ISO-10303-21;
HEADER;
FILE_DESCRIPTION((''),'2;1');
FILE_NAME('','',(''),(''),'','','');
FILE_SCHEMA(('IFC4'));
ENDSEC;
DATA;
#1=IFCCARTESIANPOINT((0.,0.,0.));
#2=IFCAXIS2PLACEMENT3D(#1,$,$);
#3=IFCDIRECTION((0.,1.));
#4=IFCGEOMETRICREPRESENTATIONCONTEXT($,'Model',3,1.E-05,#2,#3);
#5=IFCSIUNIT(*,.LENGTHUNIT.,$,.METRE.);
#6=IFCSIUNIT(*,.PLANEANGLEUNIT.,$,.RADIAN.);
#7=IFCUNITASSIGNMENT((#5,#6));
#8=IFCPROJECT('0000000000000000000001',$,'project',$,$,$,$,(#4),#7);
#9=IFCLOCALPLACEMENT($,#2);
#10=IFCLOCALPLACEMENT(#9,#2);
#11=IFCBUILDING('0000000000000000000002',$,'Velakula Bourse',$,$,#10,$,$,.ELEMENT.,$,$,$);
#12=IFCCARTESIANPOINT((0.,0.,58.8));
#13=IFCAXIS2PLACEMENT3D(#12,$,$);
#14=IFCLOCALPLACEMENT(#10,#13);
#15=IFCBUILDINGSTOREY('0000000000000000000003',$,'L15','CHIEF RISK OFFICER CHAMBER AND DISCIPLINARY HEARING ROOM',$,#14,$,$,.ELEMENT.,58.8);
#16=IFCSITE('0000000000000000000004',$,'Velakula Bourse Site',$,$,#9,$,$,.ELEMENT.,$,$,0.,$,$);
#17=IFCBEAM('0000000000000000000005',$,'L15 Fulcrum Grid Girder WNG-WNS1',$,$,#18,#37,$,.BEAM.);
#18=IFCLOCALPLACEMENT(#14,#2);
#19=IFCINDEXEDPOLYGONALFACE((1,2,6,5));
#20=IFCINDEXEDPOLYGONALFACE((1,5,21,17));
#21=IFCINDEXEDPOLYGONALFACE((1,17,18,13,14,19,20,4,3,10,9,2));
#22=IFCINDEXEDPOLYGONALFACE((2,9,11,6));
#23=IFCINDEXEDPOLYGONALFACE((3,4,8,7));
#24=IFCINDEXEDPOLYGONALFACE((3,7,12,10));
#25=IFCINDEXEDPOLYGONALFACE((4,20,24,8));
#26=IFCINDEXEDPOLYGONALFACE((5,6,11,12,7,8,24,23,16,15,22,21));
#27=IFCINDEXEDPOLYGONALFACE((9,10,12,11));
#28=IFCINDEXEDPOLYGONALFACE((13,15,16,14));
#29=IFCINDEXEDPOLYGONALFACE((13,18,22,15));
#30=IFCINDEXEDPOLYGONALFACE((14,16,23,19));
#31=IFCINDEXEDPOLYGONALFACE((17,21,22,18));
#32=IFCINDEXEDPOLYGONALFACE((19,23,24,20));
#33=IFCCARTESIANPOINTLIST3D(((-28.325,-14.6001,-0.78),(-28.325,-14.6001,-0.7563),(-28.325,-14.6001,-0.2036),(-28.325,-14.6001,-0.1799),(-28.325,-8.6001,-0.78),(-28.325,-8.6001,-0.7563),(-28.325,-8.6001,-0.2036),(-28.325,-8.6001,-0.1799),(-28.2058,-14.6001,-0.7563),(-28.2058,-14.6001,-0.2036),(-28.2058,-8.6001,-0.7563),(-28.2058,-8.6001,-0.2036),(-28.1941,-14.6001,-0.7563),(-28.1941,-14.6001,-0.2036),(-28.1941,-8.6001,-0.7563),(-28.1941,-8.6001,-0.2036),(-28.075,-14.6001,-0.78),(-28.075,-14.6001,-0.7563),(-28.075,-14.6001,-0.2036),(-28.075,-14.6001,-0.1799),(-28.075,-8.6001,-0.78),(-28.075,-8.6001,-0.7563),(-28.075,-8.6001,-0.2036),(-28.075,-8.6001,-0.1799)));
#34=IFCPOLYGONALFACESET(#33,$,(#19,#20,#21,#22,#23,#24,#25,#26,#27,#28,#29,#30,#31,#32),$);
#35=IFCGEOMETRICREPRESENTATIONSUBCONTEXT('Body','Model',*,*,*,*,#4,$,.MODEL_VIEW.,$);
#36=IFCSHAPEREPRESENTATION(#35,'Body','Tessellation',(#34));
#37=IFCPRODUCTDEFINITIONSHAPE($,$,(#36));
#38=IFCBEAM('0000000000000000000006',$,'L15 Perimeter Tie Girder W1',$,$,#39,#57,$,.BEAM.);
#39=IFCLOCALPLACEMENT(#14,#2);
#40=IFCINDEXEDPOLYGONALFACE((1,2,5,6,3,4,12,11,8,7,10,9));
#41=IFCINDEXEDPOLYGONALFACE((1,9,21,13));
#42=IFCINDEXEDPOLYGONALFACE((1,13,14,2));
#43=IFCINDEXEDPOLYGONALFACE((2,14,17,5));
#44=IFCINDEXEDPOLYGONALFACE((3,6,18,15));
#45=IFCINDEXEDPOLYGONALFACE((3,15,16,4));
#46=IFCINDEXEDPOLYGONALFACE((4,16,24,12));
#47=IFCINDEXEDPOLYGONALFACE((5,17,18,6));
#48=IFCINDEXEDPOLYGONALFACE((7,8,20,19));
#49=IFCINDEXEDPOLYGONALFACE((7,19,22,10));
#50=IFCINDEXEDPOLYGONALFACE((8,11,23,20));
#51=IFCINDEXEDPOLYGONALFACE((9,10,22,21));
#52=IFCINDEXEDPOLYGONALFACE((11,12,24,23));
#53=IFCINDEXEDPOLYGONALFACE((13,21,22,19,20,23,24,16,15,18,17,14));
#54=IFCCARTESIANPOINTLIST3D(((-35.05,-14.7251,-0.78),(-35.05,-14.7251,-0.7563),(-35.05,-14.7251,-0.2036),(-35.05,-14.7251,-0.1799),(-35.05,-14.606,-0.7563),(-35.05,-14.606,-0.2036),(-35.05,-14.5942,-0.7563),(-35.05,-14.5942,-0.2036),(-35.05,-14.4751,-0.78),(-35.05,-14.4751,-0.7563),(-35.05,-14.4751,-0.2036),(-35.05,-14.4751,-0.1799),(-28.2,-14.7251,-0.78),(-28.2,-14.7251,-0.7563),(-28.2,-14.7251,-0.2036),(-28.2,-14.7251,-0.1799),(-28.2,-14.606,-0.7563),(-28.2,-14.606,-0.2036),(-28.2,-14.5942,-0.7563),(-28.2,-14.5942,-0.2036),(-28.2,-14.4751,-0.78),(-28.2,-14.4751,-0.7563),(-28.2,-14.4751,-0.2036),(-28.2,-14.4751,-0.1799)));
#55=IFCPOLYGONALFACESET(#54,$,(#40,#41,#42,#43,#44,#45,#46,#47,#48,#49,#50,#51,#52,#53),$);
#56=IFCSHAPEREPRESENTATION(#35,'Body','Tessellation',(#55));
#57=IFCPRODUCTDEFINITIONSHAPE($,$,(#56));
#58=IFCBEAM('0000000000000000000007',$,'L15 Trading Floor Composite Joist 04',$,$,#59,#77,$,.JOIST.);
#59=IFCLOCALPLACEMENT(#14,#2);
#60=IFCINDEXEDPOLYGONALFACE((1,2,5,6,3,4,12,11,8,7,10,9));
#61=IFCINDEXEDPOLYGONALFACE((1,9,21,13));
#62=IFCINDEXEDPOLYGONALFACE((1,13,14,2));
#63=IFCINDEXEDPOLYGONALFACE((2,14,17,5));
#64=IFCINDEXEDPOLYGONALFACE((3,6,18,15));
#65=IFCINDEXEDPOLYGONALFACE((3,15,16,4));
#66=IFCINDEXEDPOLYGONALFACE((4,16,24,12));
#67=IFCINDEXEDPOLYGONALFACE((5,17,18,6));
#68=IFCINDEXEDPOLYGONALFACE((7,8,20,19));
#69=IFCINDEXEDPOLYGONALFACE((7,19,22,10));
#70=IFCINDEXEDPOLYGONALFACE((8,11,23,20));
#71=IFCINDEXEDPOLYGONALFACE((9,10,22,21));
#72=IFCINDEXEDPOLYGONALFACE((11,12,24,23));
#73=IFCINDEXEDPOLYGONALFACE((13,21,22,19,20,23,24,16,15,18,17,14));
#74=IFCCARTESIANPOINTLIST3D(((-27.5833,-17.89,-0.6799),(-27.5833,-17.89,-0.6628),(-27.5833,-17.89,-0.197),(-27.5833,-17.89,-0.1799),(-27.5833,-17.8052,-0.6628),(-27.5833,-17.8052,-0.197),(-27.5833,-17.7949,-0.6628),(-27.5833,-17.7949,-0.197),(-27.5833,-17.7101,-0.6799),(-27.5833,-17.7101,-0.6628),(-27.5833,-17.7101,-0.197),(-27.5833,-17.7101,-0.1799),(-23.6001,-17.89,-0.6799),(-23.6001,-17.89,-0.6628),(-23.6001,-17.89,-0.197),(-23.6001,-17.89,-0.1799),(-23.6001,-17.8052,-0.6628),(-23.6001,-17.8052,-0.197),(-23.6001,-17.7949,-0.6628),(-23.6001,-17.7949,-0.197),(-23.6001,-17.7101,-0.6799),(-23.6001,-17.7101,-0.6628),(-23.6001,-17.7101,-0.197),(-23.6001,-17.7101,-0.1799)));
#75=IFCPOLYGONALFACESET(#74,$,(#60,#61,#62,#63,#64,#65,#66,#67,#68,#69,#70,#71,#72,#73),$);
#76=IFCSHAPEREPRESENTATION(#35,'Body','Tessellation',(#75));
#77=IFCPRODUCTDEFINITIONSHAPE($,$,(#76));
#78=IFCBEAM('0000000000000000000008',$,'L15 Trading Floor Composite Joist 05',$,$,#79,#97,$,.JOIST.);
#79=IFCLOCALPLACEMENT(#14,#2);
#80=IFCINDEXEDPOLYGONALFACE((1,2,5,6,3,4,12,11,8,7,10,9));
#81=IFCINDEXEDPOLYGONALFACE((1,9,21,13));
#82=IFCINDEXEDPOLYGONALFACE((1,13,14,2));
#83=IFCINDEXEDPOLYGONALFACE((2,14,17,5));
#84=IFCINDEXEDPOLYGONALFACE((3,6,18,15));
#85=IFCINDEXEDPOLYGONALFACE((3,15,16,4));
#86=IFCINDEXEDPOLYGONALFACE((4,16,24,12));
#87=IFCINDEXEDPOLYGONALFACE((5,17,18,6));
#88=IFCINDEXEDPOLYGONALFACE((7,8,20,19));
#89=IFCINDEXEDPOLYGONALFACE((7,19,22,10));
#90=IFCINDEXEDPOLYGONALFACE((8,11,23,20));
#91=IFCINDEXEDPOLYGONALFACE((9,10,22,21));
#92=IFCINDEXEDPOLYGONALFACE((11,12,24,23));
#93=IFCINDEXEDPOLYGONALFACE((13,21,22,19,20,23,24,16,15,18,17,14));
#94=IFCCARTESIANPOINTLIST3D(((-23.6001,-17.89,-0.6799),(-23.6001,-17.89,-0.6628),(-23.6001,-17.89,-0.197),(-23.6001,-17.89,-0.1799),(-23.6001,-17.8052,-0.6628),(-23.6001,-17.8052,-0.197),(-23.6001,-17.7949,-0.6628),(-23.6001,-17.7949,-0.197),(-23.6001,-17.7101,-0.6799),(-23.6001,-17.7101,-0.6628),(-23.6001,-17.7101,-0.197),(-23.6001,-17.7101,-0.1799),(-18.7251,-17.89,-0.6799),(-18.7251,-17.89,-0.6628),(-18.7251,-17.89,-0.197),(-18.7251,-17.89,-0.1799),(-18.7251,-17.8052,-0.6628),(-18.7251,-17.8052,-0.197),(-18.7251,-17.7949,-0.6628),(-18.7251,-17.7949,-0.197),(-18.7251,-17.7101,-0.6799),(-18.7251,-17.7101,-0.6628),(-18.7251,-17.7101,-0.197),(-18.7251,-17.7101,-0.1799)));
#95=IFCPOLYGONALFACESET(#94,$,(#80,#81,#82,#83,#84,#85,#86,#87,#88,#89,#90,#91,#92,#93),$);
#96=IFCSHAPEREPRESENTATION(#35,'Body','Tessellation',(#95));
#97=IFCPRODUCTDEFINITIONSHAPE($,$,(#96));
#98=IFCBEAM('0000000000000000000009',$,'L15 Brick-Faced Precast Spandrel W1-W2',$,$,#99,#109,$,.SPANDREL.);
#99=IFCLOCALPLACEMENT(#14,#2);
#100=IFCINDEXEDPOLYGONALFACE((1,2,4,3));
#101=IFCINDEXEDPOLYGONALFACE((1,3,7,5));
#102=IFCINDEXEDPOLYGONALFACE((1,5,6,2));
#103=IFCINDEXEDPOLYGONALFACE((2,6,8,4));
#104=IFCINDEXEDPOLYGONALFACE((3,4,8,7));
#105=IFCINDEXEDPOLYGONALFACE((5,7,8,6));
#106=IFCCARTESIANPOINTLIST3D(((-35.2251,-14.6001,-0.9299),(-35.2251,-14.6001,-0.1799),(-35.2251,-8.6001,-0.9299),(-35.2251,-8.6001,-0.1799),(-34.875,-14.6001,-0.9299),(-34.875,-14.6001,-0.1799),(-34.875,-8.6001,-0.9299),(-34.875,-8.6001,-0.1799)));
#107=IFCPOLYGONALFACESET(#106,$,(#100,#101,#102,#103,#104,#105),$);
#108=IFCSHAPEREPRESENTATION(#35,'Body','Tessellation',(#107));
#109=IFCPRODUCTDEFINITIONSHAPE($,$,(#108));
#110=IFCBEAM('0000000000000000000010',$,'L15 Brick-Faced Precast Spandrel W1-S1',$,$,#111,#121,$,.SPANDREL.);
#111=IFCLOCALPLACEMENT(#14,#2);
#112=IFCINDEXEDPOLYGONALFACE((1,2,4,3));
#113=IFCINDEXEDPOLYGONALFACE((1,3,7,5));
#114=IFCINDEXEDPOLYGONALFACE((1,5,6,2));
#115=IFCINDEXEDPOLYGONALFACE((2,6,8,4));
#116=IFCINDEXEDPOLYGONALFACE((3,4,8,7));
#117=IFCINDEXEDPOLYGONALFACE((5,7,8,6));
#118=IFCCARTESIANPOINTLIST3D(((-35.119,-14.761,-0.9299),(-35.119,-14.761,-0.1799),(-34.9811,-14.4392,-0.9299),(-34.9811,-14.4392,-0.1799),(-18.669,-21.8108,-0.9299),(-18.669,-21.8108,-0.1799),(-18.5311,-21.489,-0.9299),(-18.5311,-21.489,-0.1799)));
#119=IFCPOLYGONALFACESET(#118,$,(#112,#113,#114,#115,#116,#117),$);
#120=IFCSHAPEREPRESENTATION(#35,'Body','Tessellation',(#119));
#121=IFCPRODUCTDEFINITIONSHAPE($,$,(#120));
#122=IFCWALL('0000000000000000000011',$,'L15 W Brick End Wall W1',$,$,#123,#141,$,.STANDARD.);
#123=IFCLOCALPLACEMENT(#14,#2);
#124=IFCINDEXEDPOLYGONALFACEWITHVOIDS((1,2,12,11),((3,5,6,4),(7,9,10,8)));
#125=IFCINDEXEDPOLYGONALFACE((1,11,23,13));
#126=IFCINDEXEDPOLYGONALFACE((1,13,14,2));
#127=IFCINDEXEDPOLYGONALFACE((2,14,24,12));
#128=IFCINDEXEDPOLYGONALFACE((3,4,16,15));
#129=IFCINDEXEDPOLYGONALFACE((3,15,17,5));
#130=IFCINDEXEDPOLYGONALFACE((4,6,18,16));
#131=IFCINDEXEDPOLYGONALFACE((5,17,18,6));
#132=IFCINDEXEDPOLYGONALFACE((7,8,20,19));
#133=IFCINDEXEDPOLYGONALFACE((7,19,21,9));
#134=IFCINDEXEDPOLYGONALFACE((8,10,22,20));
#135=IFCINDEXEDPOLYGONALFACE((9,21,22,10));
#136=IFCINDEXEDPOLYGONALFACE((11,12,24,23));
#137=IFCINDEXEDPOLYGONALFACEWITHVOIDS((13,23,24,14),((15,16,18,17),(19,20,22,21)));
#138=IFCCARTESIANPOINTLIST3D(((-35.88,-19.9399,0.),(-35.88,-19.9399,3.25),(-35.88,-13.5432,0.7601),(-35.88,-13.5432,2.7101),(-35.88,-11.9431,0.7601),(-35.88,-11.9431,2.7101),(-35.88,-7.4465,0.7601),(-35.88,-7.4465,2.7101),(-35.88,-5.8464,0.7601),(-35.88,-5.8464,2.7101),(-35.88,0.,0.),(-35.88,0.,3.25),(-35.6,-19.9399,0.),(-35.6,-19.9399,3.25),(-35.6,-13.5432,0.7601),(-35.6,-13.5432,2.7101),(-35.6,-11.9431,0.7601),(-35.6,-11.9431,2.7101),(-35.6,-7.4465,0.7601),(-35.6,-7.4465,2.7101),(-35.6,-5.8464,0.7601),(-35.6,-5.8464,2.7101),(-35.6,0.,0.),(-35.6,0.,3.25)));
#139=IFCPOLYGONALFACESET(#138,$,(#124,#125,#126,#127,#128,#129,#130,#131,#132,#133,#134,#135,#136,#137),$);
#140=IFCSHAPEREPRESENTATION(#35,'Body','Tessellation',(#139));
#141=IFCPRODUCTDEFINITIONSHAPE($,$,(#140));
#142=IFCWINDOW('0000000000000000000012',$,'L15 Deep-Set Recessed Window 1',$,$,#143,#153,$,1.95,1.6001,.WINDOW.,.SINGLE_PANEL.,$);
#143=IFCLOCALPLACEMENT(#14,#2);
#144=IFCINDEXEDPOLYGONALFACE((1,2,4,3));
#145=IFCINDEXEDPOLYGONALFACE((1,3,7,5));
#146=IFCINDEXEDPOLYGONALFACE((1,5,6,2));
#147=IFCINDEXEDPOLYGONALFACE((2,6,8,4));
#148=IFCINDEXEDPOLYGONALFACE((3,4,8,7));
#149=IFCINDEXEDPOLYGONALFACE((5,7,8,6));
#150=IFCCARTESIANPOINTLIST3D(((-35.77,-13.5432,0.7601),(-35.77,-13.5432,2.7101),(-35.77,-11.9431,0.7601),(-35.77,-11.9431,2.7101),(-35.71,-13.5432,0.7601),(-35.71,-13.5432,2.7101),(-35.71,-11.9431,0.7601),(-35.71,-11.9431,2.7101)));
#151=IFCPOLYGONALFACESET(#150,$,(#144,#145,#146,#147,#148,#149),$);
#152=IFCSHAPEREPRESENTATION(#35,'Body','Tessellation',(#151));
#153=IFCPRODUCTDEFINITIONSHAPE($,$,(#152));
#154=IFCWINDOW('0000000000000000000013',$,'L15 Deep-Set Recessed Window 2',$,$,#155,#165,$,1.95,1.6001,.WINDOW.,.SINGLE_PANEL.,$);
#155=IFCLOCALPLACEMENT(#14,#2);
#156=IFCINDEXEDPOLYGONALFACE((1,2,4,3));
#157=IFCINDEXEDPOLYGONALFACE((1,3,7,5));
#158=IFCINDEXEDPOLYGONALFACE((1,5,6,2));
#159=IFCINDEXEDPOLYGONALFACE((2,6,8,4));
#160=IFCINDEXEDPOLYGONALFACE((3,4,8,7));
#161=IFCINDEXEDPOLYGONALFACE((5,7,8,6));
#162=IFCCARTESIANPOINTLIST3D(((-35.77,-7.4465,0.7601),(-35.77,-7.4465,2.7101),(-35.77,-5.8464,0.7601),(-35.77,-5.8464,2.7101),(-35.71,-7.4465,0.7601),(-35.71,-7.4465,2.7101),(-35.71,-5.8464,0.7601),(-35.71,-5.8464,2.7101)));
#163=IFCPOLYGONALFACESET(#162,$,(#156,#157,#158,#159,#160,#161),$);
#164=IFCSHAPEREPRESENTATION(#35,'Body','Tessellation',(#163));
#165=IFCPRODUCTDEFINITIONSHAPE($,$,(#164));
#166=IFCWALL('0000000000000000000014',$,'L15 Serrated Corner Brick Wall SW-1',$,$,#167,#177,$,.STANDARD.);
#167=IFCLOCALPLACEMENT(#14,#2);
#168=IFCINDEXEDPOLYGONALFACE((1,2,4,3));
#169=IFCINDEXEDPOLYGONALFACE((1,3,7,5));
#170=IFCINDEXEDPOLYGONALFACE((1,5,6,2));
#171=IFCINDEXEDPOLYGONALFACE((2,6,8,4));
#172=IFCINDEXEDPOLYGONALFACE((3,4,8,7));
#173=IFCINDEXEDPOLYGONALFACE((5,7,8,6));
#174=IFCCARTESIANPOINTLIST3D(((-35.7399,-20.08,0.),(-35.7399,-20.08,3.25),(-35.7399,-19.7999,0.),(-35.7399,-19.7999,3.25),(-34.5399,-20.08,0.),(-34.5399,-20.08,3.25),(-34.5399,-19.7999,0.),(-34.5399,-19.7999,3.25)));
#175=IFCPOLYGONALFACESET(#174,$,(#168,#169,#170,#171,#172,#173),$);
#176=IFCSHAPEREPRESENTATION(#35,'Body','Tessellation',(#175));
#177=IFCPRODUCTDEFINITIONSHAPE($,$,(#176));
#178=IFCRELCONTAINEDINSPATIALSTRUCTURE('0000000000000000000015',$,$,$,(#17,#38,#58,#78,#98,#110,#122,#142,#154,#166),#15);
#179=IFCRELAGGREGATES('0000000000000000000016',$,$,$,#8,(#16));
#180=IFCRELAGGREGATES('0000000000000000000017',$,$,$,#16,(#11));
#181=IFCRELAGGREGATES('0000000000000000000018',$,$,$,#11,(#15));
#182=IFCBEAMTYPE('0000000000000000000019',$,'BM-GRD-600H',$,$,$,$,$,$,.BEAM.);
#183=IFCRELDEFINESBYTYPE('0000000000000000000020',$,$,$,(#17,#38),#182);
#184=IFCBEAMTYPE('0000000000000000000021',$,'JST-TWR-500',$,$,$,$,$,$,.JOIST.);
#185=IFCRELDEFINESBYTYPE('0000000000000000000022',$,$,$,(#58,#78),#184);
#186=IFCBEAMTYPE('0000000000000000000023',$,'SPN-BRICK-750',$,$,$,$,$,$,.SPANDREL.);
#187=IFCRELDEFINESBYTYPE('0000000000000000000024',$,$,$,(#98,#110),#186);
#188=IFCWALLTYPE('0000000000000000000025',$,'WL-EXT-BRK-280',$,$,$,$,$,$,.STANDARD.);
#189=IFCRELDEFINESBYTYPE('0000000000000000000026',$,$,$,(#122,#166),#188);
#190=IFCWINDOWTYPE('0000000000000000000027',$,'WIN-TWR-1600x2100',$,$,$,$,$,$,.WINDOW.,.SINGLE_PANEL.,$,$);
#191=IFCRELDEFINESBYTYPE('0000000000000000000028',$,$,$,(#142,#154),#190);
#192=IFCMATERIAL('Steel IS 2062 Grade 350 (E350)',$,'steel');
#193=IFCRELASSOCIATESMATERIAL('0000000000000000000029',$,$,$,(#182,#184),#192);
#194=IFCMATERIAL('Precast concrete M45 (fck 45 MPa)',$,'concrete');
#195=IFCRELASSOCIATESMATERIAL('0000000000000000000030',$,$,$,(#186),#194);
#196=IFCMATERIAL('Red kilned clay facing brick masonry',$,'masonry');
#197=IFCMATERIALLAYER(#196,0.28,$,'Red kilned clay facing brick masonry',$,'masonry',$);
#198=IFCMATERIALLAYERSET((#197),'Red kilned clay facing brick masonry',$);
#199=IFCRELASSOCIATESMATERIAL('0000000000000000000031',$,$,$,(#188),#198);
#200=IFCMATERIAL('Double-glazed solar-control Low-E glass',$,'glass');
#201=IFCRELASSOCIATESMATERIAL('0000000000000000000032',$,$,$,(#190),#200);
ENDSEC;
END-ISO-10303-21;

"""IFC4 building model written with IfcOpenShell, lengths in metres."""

from ifc_helpers import new_model, si_unit, direction, frame, frame_2d, origin, origin_2d, place, context, subcontext, project, spatial, rectangle, i_section, extrude, material, layer, layer_set, material_profile, profile_set, type_object, element, fill, save


model = new_model("IFC4")

# Units and contexts
model_context = context("Model", 3, precision=1e-05, world=origin(), true_north=direction((0.0, 1.0)))
body_context = subcontext(model_context, "Body", "Model", "MODEL_VIEW")
ifc_project = project(units=[si_unit("LENGTHUNIT", "METRE"), si_unit("PLANEANGLEUNIT", "RADIAN")], contexts=[model_context])

# Site, building, storey
site_placement = place(None, origin())
site = spatial("IfcSite", under=ifc_project, at=site_placement, Name="Velakula Bourse Site", CompositionType="ELEMENT", RefElevation=0.0)
building_placement = place(site_placement, origin())
building = spatial("IfcBuilding", under=site, at=building_placement, Name="Velakula Bourse", CompositionType="ELEMENT")
storey_placement = place(building_placement, frame((0.0, 0.0, 58.8)))
storey = spatial("IfcBuildingStorey", under=building, at=storey_placement, Name="L15", Description="CHIEF RISK OFFICER CHAMBER AND DISCIPLINARY HEARING ROOM", CompositionType="ELEMENT", Elevation=58.8)

# Shared definitions
ifc_material_1 = material(Name="Precast concrete M45 (fck 45 MPa)", Category="concrete")

# Beams
ifc_material_2 = material(Name="Steel IS 2062 Grade 350 (E350)", Category="steel")
ifc_material_profile_1 = material_profile(ifc_material_2, i_section(OverallWidth=0.25, OverallDepth=0.6001, WebThickness=0.0117, FlangeThickness=0.0237, at=origin_2d()), Name="Steel IS 2062 Grade 350 (E350)")
ifc_profile_set_1 = profile_set([ifc_material_profile_1], Name="Steel IS 2062 Grade 350 (E350)")
beam_type_1 = type_object("IfcBeamType", Name="BM-GRD-600H", PredefinedType="BEAM", material=ifc_profile_set_1)
beam_1_placement = place(storey_placement, frame((-28.2, -14.6001, -0.48), z_axis=(0.0, 1.0, 0.0), x_axis=(-1.0, 0.0, 0.0)))
element("IfcBeam", 1, at=beam_1_placement, inside=storey, type_object=beam_type_1, Name="L15 Fulcrum Grid Girder WNG-WNS1", PredefinedType="BEAM", context=body_context, shape_type="SweptSolid", body=[
    extrude(i_section(OverallWidth=0.25, OverallDepth=0.6001, WebThickness=0.0117, FlangeThickness=0.0237, at=origin_2d()), origin(), (0.0, 0.0, 1.0), 6.0),
])
beam_2_placement = place(storey_placement, frame((-28.2, -14.6001, -0.48), z_axis=(-1.0, 0.0, 0.0), x_axis=(0.0, -1.0, 0.0)))
element("IfcBeam", 2, at=beam_2_placement, inside=storey, type_object=beam_type_1, Name="L15 Perimeter Tie Girder W1", PredefinedType="BEAM", context=body_context, shape_type="SweptSolid", body=[
    extrude(i_section(OverallWidth=0.25, OverallDepth=0.6001, WebThickness=0.0117, FlangeThickness=0.0237, at=origin_2d()), origin(), (0.0, 0.0, 1.0), 6.8501),
])
ifc_material_profile_2 = material_profile(ifc_material_2, i_section(OverallWidth=0.1799, OverallDepth=0.5, WebThickness=0.0103, FlangeThickness=0.0171, at=origin_2d()), Name="Steel IS 2062 Grade 350 (E350)")
ifc_profile_set_2 = profile_set([ifc_material_profile_2], Name="Steel IS 2062 Grade 350 (E350)")
beam_type_2 = type_object("IfcBeamType", Name="JST-TWR-500", PredefinedType="JOIST", material=ifc_profile_set_2)
beam_3_placement = place(storey_placement, frame((-27.5833, -17.8, -0.4299), z_axis=(1.0, 0.0, 0.0), x_axis=(0.0, 1.0, 0.0)))
element("IfcBeam", 3, at=beam_3_placement, inside=storey, type_object=beam_type_2, Name="L15 Trading Floor Composite Joist 04", PredefinedType="JOIST", context=body_context, shape_type="SweptSolid", body=[
    extrude(i_section(OverallWidth=0.1799, OverallDepth=0.5, WebThickness=0.0103, FlangeThickness=0.0171, at=origin_2d()), origin(), (0.0, 0.0, 1.0), 3.9832),
])
beam_4_placement = place(storey_placement, frame((-23.6001, -17.8, -0.4299), z_axis=(1.0, 0.0, 0.0), x_axis=(0.0, 1.0, 0.0)))
element("IfcBeam", 4, at=beam_4_placement, inside=storey, type_object=beam_type_2, Name="L15 Trading Floor Composite Joist 05", PredefinedType="JOIST", context=body_context, shape_type="SweptSolid", body=[
    extrude(i_section(OverallWidth=0.1799, OverallDepth=0.5, WebThickness=0.0103, FlangeThickness=0.0171, at=origin_2d()), origin(), (0.0, 0.0, 1.0), 4.875),
])
ifc_material_profile_3 = material_profile(ifc_material_1, rectangle(XDim=0.3501, YDim=0.75, at=origin_2d()), Name="Precast concrete M45 (fck 45 MPa)")
ifc_profile_set_3 = profile_set([ifc_material_profile_3], Name="Precast concrete M45 (fck 45 MPa)")
beam_type_3 = type_object("IfcBeamType", Name="SPN-BRICK-750", PredefinedType="SPANDREL", material=ifc_profile_set_3)
beam_5_placement = place(storey_placement, frame((-35.05, -14.6001, -0.5549), z_axis=(0.0, 1.0, 0.0), x_axis=(-1.0, 0.0, 0.0)))
element("IfcBeam", 5, at=beam_5_placement, inside=storey, type_object=beam_type_3, Name="L15 Brick-Faced Precast Spandrel W1-W2", PredefinedType="SPANDREL", context=body_context, shape_type="SweptSolid", body=[
    extrude(rectangle(XDim=0.3501, YDim=0.75, at=origin_2d()), origin(), (0.0, 0.0, 1.0), 6.0),
])
beam_6_placement = place(storey_placement, frame((-35.05, -14.6001, -0.5549), z_axis=(0.919149, -0.393911, 0.0), x_axis=(0.393911, 0.919149, 0.0)))
element("IfcBeam", 6, at=beam_6_placement, inside=storey, type_object=beam_type_3, Name="L15 Brick-Faced Precast Spandrel W1-S1", PredefinedType="SPANDREL", context=body_context, shape_type="SweptSolid", body=[
    extrude(rectangle(XDim=0.3501, YDim=0.75, at=origin_2d()), origin(), (0.0, 0.0, 1.0), 17.897),
])

# Wall, openings, windows
ifc_material_3 = material(Name="Red kilned clay facing brick masonry", Category="masonry")
ifc_layer_1 = layer(ifc_material_3, 0.28, Name="Red kilned clay facing brick masonry", Category="masonry")
ifc_layer_set_1 = layer_set([ifc_layer_1], Name="Red kilned clay facing brick masonry")
wall_type_1 = type_object("IfcWallType", Name="WL-EXT-BRK-280", PredefinedType="STANDARD", material=ifc_layer_set_1)
wall_1_placement = place(storey_placement, frame((-35.74, -19.9399, 0.0), z_axis=(0.0, 0.0, 1.0), x_axis=(0.0, 1.0, 0.0)))
wall_1 = element("IfcWall", 7, at=wall_1_placement, inside=storey, type_object=wall_type_1, Name="L15 W Brick End Wall W1", PredefinedType="STANDARD", context=body_context, shape_type="SweptSolid", body=[
    extrude(rectangle(XDim=19.9399, YDim=0.28, at=frame_2d((9.97, 0.0))), origin(), (0.0, 0.0, 1.0), 3.25),
])
opening_1_placement = place(wall_1_placement, frame((6.3967, 0.0, 0.76)))
opening_1 = element("IfcOpeningElement", 8, at=opening_1_placement, cuts=wall_1, PredefinedType="OPENING", context=body_context, shape_type="SweptSolid", body=[
    extrude(rectangle(XDim=1.6001, YDim=1.95, at=frame_2d((0.8, 0.9751))), frame((0.0, 0.1499, 0.0), z_axis=(0.0, -1.0, 0.0), x_axis=(1.0, 0.0, 0.0)), (0.0, 0.0, 1.0), 0.3),
])
opening_2_placement = place(wall_1_placement, frame((12.4934, 0.0, 0.76)))
opening_2 = element("IfcOpeningElement", 9, at=opening_2_placement, cuts=wall_1, PredefinedType="OPENING", context=body_context, shape_type="SweptSolid", body=[
    extrude(rectangle(XDim=1.6001, YDim=1.95, at=frame_2d((0.8, 0.9751))), frame((0.0, 0.1499, 0.0), z_axis=(0.0, -1.0, 0.0), x_axis=(1.0, 0.0, 0.0)), (0.0, 0.0, 1.0), 0.3),
])
ifc_material_4 = material(Name="Double-glazed solar-control Low-E glass", Category="glass")
window_type = type_object("IfcWindowType", Name="WIN-TWR-1600x2100", PartitioningType="SINGLE_PANEL", PredefinedType="WINDOW", material=ifc_material_4)
window_1_placement = place(opening_1_placement, origin())
window_1 = element("IfcWindow", 10, at=window_1_placement, inside=storey, type_object=window_type, Name="L15 Deep-Set Recessed Window 1", OverallHeight=1.95, OverallWidth=1.6001, PartitioningType="SINGLE_PANEL", PredefinedType="WINDOW", context=body_context, shape_type="SweptSolid", body=[
    extrude(rectangle(XDim=1.6001, YDim=1.95, at=frame_2d((0.8, 0.9751))), frame((0.0, 0.03, 0.0), z_axis=(0.0, -1.0, 0.0), x_axis=(1.0, 0.0, 0.0)), (0.0, 0.0, 1.0), 0.0601),
])
fill(opening_1, window_1)
window_2_placement = place(opening_2_placement, origin())
window_2 = element("IfcWindow", 11, at=window_2_placement, inside=storey, type_object=window_type, Name="L15 Deep-Set Recessed Window 2", OverallHeight=1.95, OverallWidth=1.6001, PartitioningType="SINGLE_PANEL", PredefinedType="WINDOW", context=body_context, shape_type="SweptSolid", body=[
    extrude(rectangle(XDim=1.6001, YDim=1.95, at=frame_2d((0.8, 0.9751))), frame((0.0, 0.03, 0.0), z_axis=(0.0, -1.0, 0.0), x_axis=(1.0, 0.0, 0.0)), (0.0, 0.0, 1.0), 0.0601),
])
fill(opening_2, window_2)

# Wall
for number, where, z_axis, x_axis, name in (
    (12, (-35.74, -19.9399, 0.0), (0.0, 0.0, 1.0), (1.0, 0.0, 0.0), "L15 Serrated Corner Brick Wall SW-1"),
):
    element("IfcWall", number, at=place(storey_placement, frame(where, z_axis=z_axis, x_axis=x_axis)), inside=storey, type_object=wall_type_1, Name=name, PredefinedType="STANDARD", context=body_context, shape_type="SweptSolid", body=[
        extrude(rectangle(XDim=1.2, YDim=0.28, at=frame_2d((0.6001, 0.0))), origin(), (0.0, 0.0, 1.0), 3.25),
    ])

save(model, "model.ifc")
